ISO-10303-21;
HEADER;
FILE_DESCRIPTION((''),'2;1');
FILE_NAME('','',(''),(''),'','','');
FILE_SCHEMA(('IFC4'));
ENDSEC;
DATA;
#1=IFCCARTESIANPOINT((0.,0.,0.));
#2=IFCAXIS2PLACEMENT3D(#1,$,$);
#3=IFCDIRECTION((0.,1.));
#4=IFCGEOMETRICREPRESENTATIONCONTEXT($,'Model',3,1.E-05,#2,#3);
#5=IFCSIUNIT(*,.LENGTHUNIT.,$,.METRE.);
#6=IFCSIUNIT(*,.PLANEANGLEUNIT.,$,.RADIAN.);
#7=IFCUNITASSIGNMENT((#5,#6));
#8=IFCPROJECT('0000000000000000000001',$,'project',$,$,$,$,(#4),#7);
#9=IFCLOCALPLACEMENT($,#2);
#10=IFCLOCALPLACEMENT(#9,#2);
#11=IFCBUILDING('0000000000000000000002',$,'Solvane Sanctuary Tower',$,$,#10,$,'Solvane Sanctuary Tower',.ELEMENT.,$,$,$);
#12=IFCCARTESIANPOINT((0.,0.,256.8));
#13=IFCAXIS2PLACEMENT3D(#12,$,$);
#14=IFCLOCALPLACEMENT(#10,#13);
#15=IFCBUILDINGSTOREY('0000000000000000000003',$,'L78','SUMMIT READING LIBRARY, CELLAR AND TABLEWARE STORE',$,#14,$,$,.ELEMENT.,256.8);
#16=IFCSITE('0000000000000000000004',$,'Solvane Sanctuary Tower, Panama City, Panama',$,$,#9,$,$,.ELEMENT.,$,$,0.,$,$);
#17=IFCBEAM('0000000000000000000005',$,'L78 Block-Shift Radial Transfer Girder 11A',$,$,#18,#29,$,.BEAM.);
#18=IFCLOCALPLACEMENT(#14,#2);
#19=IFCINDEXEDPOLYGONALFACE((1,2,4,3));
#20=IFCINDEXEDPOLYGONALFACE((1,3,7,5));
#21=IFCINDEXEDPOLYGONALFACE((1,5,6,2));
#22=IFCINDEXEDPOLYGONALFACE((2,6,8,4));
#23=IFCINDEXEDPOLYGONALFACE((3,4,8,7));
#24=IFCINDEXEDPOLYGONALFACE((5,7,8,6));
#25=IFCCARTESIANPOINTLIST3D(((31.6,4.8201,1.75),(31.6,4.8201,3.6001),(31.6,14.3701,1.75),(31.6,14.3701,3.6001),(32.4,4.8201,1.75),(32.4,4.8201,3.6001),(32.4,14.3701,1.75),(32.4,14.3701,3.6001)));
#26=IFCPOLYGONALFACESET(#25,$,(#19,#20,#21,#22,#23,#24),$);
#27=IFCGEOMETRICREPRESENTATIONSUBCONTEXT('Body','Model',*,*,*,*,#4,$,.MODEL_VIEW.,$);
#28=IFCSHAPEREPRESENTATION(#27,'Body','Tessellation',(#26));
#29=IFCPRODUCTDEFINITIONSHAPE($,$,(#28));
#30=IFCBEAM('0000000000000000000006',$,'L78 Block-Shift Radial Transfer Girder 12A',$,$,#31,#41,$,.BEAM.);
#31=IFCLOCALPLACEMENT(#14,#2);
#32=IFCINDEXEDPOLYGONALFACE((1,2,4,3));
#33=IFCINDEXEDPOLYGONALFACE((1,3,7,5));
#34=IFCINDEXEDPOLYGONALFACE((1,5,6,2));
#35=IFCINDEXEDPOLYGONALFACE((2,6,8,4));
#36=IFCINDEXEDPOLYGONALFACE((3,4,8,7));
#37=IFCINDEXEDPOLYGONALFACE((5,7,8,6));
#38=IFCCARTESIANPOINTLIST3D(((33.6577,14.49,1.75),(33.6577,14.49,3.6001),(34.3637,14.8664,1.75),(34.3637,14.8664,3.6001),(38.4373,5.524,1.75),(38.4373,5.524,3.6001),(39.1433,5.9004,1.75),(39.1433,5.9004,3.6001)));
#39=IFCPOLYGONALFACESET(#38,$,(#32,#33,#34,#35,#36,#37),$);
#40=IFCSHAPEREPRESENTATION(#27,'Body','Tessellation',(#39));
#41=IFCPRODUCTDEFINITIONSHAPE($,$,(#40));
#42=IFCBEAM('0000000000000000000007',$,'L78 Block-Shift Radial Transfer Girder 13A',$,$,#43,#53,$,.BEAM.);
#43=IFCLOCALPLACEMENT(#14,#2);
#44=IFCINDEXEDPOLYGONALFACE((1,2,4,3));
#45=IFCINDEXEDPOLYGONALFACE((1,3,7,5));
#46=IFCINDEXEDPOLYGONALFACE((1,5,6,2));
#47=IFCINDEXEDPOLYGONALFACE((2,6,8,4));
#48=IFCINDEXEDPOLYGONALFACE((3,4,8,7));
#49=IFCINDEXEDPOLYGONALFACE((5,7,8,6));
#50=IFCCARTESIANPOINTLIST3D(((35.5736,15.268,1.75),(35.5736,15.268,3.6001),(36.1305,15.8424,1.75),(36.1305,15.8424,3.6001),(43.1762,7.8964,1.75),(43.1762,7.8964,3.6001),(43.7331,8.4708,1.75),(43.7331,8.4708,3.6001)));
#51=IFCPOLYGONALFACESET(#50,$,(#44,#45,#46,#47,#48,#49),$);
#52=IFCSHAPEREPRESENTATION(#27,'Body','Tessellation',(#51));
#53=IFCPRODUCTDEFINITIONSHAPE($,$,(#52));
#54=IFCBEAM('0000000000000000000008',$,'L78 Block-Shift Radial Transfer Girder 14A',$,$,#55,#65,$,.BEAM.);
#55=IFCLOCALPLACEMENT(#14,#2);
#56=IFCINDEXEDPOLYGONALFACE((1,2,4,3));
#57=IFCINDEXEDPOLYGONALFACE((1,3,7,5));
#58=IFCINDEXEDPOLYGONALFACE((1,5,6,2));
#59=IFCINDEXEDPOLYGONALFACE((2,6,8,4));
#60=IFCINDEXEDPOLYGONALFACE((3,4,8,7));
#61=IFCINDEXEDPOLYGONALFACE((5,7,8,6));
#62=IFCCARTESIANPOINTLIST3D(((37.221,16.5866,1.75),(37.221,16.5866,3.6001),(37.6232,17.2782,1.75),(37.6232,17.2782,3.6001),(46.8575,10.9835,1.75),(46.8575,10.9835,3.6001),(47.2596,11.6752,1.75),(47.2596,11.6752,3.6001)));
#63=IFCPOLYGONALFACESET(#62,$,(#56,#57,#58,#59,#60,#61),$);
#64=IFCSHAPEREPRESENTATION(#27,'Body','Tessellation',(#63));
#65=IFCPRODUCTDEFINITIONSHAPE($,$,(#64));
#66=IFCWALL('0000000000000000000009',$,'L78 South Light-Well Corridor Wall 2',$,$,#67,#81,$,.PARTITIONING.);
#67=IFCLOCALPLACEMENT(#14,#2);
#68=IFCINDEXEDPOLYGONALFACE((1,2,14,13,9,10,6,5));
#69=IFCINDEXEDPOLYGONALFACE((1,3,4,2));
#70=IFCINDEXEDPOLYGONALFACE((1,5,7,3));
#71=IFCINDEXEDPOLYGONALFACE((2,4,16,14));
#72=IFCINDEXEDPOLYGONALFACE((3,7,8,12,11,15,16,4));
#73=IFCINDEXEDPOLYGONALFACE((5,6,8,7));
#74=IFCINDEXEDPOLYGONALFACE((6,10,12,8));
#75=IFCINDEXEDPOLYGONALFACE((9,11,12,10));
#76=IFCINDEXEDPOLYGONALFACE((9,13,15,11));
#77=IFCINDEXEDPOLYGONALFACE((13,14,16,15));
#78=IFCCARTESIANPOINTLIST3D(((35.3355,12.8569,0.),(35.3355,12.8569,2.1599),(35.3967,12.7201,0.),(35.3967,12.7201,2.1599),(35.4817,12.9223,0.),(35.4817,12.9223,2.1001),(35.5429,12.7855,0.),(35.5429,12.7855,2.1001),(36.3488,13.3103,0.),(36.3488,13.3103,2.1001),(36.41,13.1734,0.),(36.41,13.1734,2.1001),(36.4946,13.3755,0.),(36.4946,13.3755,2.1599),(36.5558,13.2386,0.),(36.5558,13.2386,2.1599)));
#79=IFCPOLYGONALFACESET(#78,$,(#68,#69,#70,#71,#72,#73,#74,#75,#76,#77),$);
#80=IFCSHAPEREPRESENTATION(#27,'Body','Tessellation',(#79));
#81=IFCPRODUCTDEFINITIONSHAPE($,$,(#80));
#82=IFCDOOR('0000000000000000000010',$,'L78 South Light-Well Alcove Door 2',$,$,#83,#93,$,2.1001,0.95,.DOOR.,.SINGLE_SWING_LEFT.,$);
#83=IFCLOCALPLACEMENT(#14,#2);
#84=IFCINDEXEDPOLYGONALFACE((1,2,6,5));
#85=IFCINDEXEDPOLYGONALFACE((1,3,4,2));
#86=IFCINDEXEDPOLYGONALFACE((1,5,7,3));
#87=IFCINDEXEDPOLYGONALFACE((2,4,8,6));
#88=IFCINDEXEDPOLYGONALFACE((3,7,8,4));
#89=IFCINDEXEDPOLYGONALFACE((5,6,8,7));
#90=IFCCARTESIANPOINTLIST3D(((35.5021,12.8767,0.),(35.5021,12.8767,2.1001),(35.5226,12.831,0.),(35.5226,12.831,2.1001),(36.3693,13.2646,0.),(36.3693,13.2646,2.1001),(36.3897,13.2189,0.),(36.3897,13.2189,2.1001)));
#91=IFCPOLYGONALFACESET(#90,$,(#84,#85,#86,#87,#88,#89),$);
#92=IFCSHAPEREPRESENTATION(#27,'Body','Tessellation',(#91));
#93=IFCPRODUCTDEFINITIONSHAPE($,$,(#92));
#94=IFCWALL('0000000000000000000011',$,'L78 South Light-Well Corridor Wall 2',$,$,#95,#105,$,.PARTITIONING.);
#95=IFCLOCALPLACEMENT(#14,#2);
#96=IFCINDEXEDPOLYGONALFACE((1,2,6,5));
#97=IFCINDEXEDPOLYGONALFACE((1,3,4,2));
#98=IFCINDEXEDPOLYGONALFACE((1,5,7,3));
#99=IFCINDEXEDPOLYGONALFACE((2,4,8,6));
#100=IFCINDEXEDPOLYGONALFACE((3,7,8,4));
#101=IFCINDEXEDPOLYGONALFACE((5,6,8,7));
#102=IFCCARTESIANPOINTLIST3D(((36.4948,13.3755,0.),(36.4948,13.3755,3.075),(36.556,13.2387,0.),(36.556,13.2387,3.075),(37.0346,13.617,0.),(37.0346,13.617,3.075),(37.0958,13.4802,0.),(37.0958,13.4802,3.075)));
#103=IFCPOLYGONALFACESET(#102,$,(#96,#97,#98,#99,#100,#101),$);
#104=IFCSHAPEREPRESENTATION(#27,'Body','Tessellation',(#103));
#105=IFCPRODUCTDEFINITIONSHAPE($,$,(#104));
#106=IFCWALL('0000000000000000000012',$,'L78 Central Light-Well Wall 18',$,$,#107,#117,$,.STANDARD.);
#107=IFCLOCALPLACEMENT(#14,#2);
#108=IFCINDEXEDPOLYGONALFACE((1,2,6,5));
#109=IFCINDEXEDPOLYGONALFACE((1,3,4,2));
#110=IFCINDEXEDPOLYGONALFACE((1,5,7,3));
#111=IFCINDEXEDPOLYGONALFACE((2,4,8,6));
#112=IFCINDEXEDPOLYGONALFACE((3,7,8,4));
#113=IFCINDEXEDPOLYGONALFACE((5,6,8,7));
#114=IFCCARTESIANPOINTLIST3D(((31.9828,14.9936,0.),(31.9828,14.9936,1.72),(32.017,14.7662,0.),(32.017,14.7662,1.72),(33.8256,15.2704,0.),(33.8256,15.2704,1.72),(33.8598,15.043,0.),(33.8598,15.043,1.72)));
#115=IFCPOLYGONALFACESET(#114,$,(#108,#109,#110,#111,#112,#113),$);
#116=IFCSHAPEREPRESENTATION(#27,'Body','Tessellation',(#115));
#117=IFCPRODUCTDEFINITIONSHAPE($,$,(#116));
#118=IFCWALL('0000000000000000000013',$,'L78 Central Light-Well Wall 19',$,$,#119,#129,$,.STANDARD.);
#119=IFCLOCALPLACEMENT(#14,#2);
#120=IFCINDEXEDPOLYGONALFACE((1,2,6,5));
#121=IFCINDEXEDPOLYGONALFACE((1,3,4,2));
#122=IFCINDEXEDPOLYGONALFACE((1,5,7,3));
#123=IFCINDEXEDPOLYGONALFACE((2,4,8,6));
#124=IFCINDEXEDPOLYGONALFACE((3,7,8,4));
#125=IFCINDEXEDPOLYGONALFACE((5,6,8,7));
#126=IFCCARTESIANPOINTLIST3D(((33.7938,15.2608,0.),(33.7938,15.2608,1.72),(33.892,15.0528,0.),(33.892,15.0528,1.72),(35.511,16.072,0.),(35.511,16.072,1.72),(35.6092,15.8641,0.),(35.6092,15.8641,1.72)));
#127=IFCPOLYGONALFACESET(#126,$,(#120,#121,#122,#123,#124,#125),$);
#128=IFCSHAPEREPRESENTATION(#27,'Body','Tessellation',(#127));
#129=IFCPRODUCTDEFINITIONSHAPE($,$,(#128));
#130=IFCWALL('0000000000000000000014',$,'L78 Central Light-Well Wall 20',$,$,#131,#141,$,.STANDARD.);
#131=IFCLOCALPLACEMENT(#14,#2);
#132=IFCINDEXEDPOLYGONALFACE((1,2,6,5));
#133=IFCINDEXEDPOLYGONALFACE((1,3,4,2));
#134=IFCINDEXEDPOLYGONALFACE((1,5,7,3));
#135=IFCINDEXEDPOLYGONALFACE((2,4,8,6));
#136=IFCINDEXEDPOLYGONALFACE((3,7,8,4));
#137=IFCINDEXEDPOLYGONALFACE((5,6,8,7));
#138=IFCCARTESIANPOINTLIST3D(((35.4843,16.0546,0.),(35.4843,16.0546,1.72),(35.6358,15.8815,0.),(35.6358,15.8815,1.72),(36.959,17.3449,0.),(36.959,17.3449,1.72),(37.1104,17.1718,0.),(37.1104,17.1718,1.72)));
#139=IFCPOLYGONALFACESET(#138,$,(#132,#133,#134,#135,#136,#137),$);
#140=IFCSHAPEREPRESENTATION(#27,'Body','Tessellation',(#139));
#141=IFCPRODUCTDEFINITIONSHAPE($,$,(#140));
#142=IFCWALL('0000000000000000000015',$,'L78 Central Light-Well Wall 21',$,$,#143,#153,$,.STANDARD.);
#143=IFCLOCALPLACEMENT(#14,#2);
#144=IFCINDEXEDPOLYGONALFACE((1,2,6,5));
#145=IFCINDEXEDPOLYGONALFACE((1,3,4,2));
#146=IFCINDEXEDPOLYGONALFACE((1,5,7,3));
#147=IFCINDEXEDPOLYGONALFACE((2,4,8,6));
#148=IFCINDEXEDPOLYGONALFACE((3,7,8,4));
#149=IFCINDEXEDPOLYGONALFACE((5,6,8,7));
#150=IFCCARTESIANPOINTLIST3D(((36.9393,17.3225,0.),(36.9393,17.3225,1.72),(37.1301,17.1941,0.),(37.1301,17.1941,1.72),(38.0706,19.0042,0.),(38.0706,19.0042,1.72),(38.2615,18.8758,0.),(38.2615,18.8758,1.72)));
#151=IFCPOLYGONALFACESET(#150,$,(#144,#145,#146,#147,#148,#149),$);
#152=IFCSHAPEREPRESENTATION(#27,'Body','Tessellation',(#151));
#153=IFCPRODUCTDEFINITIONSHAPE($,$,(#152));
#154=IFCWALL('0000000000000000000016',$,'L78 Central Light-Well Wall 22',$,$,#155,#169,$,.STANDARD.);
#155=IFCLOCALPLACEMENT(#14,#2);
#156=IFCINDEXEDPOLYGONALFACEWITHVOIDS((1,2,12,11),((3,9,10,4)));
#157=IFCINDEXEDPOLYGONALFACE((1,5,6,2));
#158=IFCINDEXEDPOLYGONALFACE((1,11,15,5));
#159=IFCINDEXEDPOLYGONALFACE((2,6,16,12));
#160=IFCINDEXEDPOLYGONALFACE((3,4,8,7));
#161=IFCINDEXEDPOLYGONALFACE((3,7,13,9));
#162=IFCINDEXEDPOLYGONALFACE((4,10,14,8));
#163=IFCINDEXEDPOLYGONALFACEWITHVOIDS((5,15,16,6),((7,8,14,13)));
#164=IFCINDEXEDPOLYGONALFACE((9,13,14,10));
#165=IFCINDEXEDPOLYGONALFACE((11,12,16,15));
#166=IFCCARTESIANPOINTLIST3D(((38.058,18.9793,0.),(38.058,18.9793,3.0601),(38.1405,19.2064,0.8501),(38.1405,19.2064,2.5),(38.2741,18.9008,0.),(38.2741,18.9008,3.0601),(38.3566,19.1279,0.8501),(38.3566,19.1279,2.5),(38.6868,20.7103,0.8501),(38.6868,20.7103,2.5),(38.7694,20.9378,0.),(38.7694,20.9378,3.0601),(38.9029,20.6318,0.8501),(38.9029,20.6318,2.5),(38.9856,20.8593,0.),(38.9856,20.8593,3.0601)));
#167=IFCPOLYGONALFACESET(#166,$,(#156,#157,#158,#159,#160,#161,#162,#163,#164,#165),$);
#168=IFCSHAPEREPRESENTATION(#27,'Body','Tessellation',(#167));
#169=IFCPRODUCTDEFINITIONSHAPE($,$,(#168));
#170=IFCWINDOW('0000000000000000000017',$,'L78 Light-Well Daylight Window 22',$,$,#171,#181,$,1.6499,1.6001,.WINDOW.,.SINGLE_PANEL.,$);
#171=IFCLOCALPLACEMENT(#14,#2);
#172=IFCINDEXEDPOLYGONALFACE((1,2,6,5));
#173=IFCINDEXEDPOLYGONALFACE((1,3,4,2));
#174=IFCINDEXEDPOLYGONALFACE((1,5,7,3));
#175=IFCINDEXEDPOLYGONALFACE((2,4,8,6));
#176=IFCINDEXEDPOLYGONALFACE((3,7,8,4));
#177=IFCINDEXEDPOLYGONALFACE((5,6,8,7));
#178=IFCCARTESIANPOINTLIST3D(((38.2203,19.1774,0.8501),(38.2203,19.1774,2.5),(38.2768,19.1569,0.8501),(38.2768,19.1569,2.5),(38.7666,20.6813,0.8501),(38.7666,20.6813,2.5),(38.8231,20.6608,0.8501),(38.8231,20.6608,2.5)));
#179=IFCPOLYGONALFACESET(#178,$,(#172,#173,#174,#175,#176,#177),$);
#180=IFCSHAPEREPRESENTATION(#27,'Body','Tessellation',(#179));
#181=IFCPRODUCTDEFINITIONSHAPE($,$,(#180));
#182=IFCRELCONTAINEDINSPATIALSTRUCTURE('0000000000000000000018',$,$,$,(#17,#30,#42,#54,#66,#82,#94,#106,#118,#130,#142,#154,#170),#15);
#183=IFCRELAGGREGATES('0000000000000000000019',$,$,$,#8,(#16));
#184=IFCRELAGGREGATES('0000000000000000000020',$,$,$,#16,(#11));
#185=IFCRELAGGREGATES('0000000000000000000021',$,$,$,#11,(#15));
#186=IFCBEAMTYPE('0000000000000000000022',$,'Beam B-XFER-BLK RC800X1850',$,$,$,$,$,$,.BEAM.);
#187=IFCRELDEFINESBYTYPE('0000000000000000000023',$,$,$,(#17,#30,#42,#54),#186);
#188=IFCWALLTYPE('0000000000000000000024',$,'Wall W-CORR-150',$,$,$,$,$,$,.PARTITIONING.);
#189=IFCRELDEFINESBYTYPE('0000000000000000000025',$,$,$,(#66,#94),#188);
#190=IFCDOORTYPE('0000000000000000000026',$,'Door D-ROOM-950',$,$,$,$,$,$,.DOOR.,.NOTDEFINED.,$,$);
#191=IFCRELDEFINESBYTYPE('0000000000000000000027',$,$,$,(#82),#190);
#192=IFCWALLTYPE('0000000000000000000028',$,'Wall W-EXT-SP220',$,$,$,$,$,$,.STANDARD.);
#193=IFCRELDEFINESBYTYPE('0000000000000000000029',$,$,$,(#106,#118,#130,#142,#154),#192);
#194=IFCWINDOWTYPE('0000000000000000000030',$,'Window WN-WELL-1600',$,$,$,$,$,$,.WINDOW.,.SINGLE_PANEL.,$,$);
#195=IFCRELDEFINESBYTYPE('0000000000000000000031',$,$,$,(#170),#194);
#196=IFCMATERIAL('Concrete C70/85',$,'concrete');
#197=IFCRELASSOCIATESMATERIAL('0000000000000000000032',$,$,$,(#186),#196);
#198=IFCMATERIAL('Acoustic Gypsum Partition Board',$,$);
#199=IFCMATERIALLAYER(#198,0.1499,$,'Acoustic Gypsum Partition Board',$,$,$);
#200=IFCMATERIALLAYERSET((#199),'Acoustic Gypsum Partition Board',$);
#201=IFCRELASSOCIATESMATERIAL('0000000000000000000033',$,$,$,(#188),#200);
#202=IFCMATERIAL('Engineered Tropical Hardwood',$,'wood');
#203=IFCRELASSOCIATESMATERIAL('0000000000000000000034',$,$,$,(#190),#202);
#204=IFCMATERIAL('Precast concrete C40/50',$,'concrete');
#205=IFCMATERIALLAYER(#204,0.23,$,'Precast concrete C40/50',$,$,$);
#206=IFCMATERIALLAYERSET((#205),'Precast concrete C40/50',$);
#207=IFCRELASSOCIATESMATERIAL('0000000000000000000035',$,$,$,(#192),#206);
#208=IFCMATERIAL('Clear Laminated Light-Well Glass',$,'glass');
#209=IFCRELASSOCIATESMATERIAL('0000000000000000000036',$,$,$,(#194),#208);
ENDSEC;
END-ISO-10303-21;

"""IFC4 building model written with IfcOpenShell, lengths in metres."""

from ifc_helpers import new_model, si_unit, direction, frame, frame_2d, origin, origin_2d, place, context, subcontext, project, spatial, rectangle, extrude, material, layer, layer_set, material_profile, profile_set, type_object, element, fill, save


model = new_model("IFC4")

# Units and contexts
model_context = context("Model", 3, precision=1e-05, world=origin(), true_north=direction((0.0, 1.0)))
body_context = subcontext(model_context, "Body", "Model", "MODEL_VIEW")
ifc_project = project(units=[si_unit("LENGTHUNIT", "METRE"), si_unit("PLANEANGLEUNIT", "RADIAN")], contexts=[model_context])

# Site, building, storey
site_placement = place(None, origin())
site = spatial("IfcSite", under=ifc_project, at=site_placement, Name="Solvane Sanctuary Tower, Panama City, Panama", CompositionType="ELEMENT", RefElevation=0.0)
building_placement = place(site_placement, origin())
building = spatial("IfcBuilding", under=site, at=building_placement, Name="Solvane Sanctuary Tower", LongName="Solvane Sanctuary Tower", CompositionType="ELEMENT")
storey_placement = place(building_placement, frame((0.0, 0.0, 256.8)))
storey = spatial("IfcBuildingStorey", under=building, at=storey_placement, Name="L78", Description="SUMMIT READING LIBRARY, CELLAR AND TABLEWARE STORE", CompositionType="ELEMENT", Elevation=256.8)

# Beams
ifc_material_1 = material(Name="Concrete C70/85", Category="concrete")
ifc_material_profile_1 = material_profile(ifc_material_1, rectangle(XDim=0.8, YDim=1.8501, at=origin_2d()), Name="RC800X1850")
ifc_profile_set_1 = profile_set([ifc_material_profile_1], Name="Concrete C70/85")
beam_type_1 = type_object("IfcBeamType", Name="Beam B-XFER-BLK RC800X1850", PredefinedType="BEAM", material=ifc_profile_set_1)
beam_1_placement = place(storey_placement, frame((32.0, 14.3701, 2.675), z_axis=(0.0, -1.0, 0.0), x_axis=(1.0, 0.0, 0.0)))
element("IfcBeam", 1, at=beam_1_placement, inside=storey, type_object=beam_type_1, Name="L78 Block-Shift Radial Transfer Girder 11A", PredefinedType="BEAM", context=body_context, shape_type="SweptSolid", body=[
    extrude(rectangle(XDim=0.8, YDim=1.8501, at=origin_2d()), origin(), (0.0, 0.0, 1.0), 9.55),
])
beam_2_placement = place(storey_placement, frame((34.0107, 14.6782, 2.675), z_axis=(0.470407, -0.882449, 0.0), x_axis=(0.882449, 0.470407, 0.0)))
element("IfcBeam", 2, at=beam_2_placement, inside=storey, type_object=beam_type_1, Name="L78 Block-Shift Radial Transfer Girder 12A", PredefinedType="BEAM", context=body_context, shape_type="SweptSolid", body=[
    extrude(rectangle(XDim=0.8, YDim=1.8501, at=origin_2d()), origin(), (0.0, 0.0, 1.0), 10.1604),
])
beam_3_placement = place(storey_placement, frame((35.8521, 15.5552, 2.675), z_axis=(0.717928, -0.696118, 0.0), x_axis=(0.696118, 0.717928, 0.0)))
element("IfcBeam", 3, at=beam_3_placement, inside=storey, type_object=beam_type_1, Name="L78 Block-Shift Radial Transfer Girder 13A", PredefinedType="BEAM", context=body_context, shape_type="SweptSolid", body=[
    extrude(rectangle(XDim=0.8, YDim=1.8501, at=origin_2d()), origin(), (0.0, 0.0, 1.0), 10.5896),
])
beam_4_placement = place(storey_placement, frame((37.4221, 16.9324, 2.675), z_axis=(0.864491, -0.502649, 0.0), x_axis=(0.502649, 0.864491, 0.0)))
element("IfcBeam", 4, at=beam_4_placement, inside=storey, type_object=beam_type_1, Name="L78 Block-Shift Radial Transfer Girder 14A", PredefinedType="BEAM", context=body_context, shape_type="SweptSolid", body=[
    extrude(rectangle(XDim=0.8, YDim=1.8501, at=origin_2d()), origin(), (0.0, 0.0, 1.0), 11.147),
])

# Wall, opening, door
ifc_material_2 = material(Name="Acoustic Gypsum Partition Board")
ifc_layer_1 = layer(ifc_material_2, 0.1499, Name="Acoustic Gypsum Partition Board")
ifc_layer_set_1 = layer_set([ifc_layer_1], Name="Acoustic Gypsum Partition Board")
wall_type_1 = type_object("IfcWallType", Name="Wall W-CORR-150", PredefinedType="PARTITIONING", material=ifc_layer_set_1)
wall_1_placement = place(storey_placement, frame((35.3662, 12.7886, 0.0), z_axis=(0.0, 0.0, 1.0), x_axis=(0.912826, 0.408349, 0.0)))
wall_1 = element("IfcWall", 5, at=wall_1_placement, inside=storey, type_object=wall_type_1, Name="L78 South Light-Well Corridor Wall 2", PredefinedType="PARTITIONING", context=body_context, shape_type="SweptSolid", body=[
    extrude(rectangle(XDim=1.2698, YDim=0.1499, at=frame_2d((0.6348, 0.0))), origin(), (0.0, 0.0, 1.0), 2.1599),
])
opening_1_placement = place(wall_1_placement, frame((0.1599, 0.0, 0.0)))
opening_1 = element("IfcOpeningElement", 6, at=opening_1_placement, cuts=wall_1, PredefinedType="OPENING", context=body_context, shape_type="SweptSolid", body=[
    extrude(rectangle(XDim=0.95, YDim=2.1001, at=frame_2d((0.4751, 1.05))), frame((0.0, 0.085, 0.0), z_axis=(0.0, -1.0, 0.0), x_axis=(1.0, 0.0, 0.0)), (0.0, 0.0, 1.0), 0.1699),
])
ifc_material_3 = material(Name="Engineered Tropical Hardwood", Category="wood")
door_type = type_object("IfcDoorType", Name="Door D-ROOM-950", OperationType="NOTDEFINED", PredefinedType="DOOR", material=ifc_material_3)
door_placement = place(opening_1_placement, origin())
door = element("IfcDoor", 7, at=door_placement, inside=storey, type_object=door_type, Name="L78 South Light-Well Alcove Door 2", OperationType="SINGLE_SWING_LEFT", OverallHeight=2.1001, OverallWidth=0.95, PredefinedType="DOOR", context=body_context, shape_type="SweptSolid", body=[
    extrude(rectangle(XDim=0.95, YDim=2.1001, at=frame_2d((0.4751, 1.05))), frame((0.0, 0.0249, 0.0), z_axis=(0.0, -1.0, 0.0), x_axis=(1.0, 0.0, 0.0)), (0.0, 0.0, 1.0), 0.05),
])
fill(opening_1, door)

# Walls
wall_2_placement = place(storey_placement, frame((36.5254, 13.3071, 0.0), z_axis=(0.0, 0.0, 1.0), x_axis=(0.912839, 0.408321, 0.0)))
element("IfcWall", 8, at=wall_2_placement, inside=storey, type_object=wall_type_1, Name="L78 South Light-Well Corridor Wall 2", PredefinedType="PARTITIONING", context=body_context, shape_type="SweptSolid", body=[
    extrude(rectangle(XDim=0.5913, YDim=0.1499, at=frame_2d((0.2957, 0.0))), origin(), (0.0, 0.0, 1.0), 3.075),
])
ifc_material_4 = material(Name="Precast concrete C40/50", Category="concrete")
ifc_layer_2 = layer(ifc_material_4, 0.23, Name="Precast concrete C40/50")
ifc_layer_set_2 = layer_set([ifc_layer_2], Name="Precast concrete C40/50")
wall_type_2 = type_object("IfcWallType", Name="Wall W-EXT-SP220", PredefinedType="STANDARD", material=ifc_layer_set_2)
wall_3_placement = place(storey_placement, frame((32.0, 14.8799, 0.0), z_axis=(0.0, 0.0, 1.0), x_axis=(0.988902, 0.148571, 0.0)))
element("IfcWall", 9, at=wall_3_placement, inside=storey, type_object=wall_type_2, Name="L78 Central Light-Well Wall 18", PredefinedType="STANDARD", context=body_context, shape_type="SweptSolid", body=[
    extrude(rectangle(XDim=1.8635, YDim=0.23, at=frame_2d((0.9316, 0.0))), origin(), (0.0, 0.0, 1.0), 1.72),
])
wall_4_placement = place(storey_placement, frame((33.8428, 15.1567, 0.0), z_axis=(0.0, 0.0, 1.0), x_axis=(0.90418, 0.427152, 0.0)))
element("IfcWall", 10, at=wall_4_placement, inside=storey, type_object=wall_type_2, Name="L78 Central Light-Well Wall 19", PredefinedType="STANDARD", context=body_context, shape_type="SweptSolid", body=[
    extrude(rectangle(XDim=1.8992, YDim=0.23, at=frame_2d((0.9497, 0.0))), origin(), (0.0, 0.0, 1.0), 1.72),
])
wall_5_placement = place(storey_placement, frame((35.5601, 15.968, 0.0), z_axis=(0.0, 0.0, 1.0), x_axis=(0.752577, 0.658505, 0.0)))
element("IfcWall", 11, at=wall_5_placement, inside=storey, type_object=wall_type_2, Name="L78 Central Light-Well Wall 20", PredefinedType="STANDARD", context=body_context, shape_type="SweptSolid", body=[
    extrude(rectangle(XDim=1.9595, YDim=0.23, at=frame_2d((0.9797, 0.0))), origin(), (0.0, 0.0, 1.0), 1.72),
])
wall_6_placement = place(storey_placement, frame((37.0347, 17.2583, 0.0), z_axis=(0.0, 0.0, 1.0), x_axis=(0.558198, 0.829708, 0.0)))
element("IfcWall", 12, at=wall_6_placement, inside=storey, type_object=wall_type_2, Name="L78 Central Light-Well Wall 21", PredefinedType="STANDARD", context=body_context, shape_type="SweptSolid", body=[
    extrude(rectangle(XDim=2.0269, YDim=0.23, at=frame_2d((1.0134, 0.0))), origin(), (0.0, 0.0, 1.0), 1.72),
])

# Wall, opening, window
wall_7_placement = place(storey_placement, frame((38.166, 18.9399, 0.0), z_axis=(0.0, 0.0, 1.0), x_axis=(0.341423, 0.93991, 0.0)))
wall_7 = element("IfcWall", 13, at=wall_7_placement, inside=storey, type_object=wall_type_2, Name="L78 Central Light-Well Wall 22", PredefinedType="STANDARD", context=body_context, shape_type="SweptSolid", body=[
    extrude(rectangle(XDim=2.0837, YDim=0.23, at=frame_2d((1.042, 0.0))), origin(), (0.0, 0.0, 1.0), 3.0601),
])
opening_2_placement = place(wall_7_placement, frame((0.2417, 0.0, 0.8501)))
opening_2 = element("IfcOpeningElement", 14, at=opening_2_placement, cuts=wall_7, PredefinedType="OPENING", context=body_context, shape_type="SweptSolid", body=[
    extrude(rectangle(XDim=1.6001, YDim=1.6499, at=frame_2d((0.8, 0.825))), frame((0.0, 0.125, 0.0), z_axis=(0.0, -1.0, 0.0), x_axis=(1.0, 0.0, 0.0)), (0.0, 0.0, 1.0), 0.25),
])
ifc_material_5 = material(Name="Clear Laminated Light-Well Glass", Category="glass")
window_type = type_object("IfcWindowType", Name="Window WN-WELL-1600", PartitioningType="SINGLE_PANEL", PredefinedType="WINDOW", material=ifc_material_5)
window_placement = place(opening_2_placement, origin())
window = element("IfcWindow", 15, at=window_placement, inside=storey, type_object=window_type, Name="L78 Light-Well Daylight Window 22", OverallHeight=1.6499, OverallWidth=1.6001, PartitioningType="SINGLE_PANEL", PredefinedType="WINDOW", context=body_context, shape_type="SweptSolid", body=[
    extrude(rectangle(XDim=1.6001, YDim=1.6499, at=frame_2d((0.8, 0.825))), frame((0.0, 0.03, 0.0), z_axis=(0.0, -1.0, 0.0), x_axis=(1.0, 0.0, 0.0)), (0.0, 0.0, 1.0), 0.0601),
])
fill(opening_2, window)

save(model, "model.ifc")
